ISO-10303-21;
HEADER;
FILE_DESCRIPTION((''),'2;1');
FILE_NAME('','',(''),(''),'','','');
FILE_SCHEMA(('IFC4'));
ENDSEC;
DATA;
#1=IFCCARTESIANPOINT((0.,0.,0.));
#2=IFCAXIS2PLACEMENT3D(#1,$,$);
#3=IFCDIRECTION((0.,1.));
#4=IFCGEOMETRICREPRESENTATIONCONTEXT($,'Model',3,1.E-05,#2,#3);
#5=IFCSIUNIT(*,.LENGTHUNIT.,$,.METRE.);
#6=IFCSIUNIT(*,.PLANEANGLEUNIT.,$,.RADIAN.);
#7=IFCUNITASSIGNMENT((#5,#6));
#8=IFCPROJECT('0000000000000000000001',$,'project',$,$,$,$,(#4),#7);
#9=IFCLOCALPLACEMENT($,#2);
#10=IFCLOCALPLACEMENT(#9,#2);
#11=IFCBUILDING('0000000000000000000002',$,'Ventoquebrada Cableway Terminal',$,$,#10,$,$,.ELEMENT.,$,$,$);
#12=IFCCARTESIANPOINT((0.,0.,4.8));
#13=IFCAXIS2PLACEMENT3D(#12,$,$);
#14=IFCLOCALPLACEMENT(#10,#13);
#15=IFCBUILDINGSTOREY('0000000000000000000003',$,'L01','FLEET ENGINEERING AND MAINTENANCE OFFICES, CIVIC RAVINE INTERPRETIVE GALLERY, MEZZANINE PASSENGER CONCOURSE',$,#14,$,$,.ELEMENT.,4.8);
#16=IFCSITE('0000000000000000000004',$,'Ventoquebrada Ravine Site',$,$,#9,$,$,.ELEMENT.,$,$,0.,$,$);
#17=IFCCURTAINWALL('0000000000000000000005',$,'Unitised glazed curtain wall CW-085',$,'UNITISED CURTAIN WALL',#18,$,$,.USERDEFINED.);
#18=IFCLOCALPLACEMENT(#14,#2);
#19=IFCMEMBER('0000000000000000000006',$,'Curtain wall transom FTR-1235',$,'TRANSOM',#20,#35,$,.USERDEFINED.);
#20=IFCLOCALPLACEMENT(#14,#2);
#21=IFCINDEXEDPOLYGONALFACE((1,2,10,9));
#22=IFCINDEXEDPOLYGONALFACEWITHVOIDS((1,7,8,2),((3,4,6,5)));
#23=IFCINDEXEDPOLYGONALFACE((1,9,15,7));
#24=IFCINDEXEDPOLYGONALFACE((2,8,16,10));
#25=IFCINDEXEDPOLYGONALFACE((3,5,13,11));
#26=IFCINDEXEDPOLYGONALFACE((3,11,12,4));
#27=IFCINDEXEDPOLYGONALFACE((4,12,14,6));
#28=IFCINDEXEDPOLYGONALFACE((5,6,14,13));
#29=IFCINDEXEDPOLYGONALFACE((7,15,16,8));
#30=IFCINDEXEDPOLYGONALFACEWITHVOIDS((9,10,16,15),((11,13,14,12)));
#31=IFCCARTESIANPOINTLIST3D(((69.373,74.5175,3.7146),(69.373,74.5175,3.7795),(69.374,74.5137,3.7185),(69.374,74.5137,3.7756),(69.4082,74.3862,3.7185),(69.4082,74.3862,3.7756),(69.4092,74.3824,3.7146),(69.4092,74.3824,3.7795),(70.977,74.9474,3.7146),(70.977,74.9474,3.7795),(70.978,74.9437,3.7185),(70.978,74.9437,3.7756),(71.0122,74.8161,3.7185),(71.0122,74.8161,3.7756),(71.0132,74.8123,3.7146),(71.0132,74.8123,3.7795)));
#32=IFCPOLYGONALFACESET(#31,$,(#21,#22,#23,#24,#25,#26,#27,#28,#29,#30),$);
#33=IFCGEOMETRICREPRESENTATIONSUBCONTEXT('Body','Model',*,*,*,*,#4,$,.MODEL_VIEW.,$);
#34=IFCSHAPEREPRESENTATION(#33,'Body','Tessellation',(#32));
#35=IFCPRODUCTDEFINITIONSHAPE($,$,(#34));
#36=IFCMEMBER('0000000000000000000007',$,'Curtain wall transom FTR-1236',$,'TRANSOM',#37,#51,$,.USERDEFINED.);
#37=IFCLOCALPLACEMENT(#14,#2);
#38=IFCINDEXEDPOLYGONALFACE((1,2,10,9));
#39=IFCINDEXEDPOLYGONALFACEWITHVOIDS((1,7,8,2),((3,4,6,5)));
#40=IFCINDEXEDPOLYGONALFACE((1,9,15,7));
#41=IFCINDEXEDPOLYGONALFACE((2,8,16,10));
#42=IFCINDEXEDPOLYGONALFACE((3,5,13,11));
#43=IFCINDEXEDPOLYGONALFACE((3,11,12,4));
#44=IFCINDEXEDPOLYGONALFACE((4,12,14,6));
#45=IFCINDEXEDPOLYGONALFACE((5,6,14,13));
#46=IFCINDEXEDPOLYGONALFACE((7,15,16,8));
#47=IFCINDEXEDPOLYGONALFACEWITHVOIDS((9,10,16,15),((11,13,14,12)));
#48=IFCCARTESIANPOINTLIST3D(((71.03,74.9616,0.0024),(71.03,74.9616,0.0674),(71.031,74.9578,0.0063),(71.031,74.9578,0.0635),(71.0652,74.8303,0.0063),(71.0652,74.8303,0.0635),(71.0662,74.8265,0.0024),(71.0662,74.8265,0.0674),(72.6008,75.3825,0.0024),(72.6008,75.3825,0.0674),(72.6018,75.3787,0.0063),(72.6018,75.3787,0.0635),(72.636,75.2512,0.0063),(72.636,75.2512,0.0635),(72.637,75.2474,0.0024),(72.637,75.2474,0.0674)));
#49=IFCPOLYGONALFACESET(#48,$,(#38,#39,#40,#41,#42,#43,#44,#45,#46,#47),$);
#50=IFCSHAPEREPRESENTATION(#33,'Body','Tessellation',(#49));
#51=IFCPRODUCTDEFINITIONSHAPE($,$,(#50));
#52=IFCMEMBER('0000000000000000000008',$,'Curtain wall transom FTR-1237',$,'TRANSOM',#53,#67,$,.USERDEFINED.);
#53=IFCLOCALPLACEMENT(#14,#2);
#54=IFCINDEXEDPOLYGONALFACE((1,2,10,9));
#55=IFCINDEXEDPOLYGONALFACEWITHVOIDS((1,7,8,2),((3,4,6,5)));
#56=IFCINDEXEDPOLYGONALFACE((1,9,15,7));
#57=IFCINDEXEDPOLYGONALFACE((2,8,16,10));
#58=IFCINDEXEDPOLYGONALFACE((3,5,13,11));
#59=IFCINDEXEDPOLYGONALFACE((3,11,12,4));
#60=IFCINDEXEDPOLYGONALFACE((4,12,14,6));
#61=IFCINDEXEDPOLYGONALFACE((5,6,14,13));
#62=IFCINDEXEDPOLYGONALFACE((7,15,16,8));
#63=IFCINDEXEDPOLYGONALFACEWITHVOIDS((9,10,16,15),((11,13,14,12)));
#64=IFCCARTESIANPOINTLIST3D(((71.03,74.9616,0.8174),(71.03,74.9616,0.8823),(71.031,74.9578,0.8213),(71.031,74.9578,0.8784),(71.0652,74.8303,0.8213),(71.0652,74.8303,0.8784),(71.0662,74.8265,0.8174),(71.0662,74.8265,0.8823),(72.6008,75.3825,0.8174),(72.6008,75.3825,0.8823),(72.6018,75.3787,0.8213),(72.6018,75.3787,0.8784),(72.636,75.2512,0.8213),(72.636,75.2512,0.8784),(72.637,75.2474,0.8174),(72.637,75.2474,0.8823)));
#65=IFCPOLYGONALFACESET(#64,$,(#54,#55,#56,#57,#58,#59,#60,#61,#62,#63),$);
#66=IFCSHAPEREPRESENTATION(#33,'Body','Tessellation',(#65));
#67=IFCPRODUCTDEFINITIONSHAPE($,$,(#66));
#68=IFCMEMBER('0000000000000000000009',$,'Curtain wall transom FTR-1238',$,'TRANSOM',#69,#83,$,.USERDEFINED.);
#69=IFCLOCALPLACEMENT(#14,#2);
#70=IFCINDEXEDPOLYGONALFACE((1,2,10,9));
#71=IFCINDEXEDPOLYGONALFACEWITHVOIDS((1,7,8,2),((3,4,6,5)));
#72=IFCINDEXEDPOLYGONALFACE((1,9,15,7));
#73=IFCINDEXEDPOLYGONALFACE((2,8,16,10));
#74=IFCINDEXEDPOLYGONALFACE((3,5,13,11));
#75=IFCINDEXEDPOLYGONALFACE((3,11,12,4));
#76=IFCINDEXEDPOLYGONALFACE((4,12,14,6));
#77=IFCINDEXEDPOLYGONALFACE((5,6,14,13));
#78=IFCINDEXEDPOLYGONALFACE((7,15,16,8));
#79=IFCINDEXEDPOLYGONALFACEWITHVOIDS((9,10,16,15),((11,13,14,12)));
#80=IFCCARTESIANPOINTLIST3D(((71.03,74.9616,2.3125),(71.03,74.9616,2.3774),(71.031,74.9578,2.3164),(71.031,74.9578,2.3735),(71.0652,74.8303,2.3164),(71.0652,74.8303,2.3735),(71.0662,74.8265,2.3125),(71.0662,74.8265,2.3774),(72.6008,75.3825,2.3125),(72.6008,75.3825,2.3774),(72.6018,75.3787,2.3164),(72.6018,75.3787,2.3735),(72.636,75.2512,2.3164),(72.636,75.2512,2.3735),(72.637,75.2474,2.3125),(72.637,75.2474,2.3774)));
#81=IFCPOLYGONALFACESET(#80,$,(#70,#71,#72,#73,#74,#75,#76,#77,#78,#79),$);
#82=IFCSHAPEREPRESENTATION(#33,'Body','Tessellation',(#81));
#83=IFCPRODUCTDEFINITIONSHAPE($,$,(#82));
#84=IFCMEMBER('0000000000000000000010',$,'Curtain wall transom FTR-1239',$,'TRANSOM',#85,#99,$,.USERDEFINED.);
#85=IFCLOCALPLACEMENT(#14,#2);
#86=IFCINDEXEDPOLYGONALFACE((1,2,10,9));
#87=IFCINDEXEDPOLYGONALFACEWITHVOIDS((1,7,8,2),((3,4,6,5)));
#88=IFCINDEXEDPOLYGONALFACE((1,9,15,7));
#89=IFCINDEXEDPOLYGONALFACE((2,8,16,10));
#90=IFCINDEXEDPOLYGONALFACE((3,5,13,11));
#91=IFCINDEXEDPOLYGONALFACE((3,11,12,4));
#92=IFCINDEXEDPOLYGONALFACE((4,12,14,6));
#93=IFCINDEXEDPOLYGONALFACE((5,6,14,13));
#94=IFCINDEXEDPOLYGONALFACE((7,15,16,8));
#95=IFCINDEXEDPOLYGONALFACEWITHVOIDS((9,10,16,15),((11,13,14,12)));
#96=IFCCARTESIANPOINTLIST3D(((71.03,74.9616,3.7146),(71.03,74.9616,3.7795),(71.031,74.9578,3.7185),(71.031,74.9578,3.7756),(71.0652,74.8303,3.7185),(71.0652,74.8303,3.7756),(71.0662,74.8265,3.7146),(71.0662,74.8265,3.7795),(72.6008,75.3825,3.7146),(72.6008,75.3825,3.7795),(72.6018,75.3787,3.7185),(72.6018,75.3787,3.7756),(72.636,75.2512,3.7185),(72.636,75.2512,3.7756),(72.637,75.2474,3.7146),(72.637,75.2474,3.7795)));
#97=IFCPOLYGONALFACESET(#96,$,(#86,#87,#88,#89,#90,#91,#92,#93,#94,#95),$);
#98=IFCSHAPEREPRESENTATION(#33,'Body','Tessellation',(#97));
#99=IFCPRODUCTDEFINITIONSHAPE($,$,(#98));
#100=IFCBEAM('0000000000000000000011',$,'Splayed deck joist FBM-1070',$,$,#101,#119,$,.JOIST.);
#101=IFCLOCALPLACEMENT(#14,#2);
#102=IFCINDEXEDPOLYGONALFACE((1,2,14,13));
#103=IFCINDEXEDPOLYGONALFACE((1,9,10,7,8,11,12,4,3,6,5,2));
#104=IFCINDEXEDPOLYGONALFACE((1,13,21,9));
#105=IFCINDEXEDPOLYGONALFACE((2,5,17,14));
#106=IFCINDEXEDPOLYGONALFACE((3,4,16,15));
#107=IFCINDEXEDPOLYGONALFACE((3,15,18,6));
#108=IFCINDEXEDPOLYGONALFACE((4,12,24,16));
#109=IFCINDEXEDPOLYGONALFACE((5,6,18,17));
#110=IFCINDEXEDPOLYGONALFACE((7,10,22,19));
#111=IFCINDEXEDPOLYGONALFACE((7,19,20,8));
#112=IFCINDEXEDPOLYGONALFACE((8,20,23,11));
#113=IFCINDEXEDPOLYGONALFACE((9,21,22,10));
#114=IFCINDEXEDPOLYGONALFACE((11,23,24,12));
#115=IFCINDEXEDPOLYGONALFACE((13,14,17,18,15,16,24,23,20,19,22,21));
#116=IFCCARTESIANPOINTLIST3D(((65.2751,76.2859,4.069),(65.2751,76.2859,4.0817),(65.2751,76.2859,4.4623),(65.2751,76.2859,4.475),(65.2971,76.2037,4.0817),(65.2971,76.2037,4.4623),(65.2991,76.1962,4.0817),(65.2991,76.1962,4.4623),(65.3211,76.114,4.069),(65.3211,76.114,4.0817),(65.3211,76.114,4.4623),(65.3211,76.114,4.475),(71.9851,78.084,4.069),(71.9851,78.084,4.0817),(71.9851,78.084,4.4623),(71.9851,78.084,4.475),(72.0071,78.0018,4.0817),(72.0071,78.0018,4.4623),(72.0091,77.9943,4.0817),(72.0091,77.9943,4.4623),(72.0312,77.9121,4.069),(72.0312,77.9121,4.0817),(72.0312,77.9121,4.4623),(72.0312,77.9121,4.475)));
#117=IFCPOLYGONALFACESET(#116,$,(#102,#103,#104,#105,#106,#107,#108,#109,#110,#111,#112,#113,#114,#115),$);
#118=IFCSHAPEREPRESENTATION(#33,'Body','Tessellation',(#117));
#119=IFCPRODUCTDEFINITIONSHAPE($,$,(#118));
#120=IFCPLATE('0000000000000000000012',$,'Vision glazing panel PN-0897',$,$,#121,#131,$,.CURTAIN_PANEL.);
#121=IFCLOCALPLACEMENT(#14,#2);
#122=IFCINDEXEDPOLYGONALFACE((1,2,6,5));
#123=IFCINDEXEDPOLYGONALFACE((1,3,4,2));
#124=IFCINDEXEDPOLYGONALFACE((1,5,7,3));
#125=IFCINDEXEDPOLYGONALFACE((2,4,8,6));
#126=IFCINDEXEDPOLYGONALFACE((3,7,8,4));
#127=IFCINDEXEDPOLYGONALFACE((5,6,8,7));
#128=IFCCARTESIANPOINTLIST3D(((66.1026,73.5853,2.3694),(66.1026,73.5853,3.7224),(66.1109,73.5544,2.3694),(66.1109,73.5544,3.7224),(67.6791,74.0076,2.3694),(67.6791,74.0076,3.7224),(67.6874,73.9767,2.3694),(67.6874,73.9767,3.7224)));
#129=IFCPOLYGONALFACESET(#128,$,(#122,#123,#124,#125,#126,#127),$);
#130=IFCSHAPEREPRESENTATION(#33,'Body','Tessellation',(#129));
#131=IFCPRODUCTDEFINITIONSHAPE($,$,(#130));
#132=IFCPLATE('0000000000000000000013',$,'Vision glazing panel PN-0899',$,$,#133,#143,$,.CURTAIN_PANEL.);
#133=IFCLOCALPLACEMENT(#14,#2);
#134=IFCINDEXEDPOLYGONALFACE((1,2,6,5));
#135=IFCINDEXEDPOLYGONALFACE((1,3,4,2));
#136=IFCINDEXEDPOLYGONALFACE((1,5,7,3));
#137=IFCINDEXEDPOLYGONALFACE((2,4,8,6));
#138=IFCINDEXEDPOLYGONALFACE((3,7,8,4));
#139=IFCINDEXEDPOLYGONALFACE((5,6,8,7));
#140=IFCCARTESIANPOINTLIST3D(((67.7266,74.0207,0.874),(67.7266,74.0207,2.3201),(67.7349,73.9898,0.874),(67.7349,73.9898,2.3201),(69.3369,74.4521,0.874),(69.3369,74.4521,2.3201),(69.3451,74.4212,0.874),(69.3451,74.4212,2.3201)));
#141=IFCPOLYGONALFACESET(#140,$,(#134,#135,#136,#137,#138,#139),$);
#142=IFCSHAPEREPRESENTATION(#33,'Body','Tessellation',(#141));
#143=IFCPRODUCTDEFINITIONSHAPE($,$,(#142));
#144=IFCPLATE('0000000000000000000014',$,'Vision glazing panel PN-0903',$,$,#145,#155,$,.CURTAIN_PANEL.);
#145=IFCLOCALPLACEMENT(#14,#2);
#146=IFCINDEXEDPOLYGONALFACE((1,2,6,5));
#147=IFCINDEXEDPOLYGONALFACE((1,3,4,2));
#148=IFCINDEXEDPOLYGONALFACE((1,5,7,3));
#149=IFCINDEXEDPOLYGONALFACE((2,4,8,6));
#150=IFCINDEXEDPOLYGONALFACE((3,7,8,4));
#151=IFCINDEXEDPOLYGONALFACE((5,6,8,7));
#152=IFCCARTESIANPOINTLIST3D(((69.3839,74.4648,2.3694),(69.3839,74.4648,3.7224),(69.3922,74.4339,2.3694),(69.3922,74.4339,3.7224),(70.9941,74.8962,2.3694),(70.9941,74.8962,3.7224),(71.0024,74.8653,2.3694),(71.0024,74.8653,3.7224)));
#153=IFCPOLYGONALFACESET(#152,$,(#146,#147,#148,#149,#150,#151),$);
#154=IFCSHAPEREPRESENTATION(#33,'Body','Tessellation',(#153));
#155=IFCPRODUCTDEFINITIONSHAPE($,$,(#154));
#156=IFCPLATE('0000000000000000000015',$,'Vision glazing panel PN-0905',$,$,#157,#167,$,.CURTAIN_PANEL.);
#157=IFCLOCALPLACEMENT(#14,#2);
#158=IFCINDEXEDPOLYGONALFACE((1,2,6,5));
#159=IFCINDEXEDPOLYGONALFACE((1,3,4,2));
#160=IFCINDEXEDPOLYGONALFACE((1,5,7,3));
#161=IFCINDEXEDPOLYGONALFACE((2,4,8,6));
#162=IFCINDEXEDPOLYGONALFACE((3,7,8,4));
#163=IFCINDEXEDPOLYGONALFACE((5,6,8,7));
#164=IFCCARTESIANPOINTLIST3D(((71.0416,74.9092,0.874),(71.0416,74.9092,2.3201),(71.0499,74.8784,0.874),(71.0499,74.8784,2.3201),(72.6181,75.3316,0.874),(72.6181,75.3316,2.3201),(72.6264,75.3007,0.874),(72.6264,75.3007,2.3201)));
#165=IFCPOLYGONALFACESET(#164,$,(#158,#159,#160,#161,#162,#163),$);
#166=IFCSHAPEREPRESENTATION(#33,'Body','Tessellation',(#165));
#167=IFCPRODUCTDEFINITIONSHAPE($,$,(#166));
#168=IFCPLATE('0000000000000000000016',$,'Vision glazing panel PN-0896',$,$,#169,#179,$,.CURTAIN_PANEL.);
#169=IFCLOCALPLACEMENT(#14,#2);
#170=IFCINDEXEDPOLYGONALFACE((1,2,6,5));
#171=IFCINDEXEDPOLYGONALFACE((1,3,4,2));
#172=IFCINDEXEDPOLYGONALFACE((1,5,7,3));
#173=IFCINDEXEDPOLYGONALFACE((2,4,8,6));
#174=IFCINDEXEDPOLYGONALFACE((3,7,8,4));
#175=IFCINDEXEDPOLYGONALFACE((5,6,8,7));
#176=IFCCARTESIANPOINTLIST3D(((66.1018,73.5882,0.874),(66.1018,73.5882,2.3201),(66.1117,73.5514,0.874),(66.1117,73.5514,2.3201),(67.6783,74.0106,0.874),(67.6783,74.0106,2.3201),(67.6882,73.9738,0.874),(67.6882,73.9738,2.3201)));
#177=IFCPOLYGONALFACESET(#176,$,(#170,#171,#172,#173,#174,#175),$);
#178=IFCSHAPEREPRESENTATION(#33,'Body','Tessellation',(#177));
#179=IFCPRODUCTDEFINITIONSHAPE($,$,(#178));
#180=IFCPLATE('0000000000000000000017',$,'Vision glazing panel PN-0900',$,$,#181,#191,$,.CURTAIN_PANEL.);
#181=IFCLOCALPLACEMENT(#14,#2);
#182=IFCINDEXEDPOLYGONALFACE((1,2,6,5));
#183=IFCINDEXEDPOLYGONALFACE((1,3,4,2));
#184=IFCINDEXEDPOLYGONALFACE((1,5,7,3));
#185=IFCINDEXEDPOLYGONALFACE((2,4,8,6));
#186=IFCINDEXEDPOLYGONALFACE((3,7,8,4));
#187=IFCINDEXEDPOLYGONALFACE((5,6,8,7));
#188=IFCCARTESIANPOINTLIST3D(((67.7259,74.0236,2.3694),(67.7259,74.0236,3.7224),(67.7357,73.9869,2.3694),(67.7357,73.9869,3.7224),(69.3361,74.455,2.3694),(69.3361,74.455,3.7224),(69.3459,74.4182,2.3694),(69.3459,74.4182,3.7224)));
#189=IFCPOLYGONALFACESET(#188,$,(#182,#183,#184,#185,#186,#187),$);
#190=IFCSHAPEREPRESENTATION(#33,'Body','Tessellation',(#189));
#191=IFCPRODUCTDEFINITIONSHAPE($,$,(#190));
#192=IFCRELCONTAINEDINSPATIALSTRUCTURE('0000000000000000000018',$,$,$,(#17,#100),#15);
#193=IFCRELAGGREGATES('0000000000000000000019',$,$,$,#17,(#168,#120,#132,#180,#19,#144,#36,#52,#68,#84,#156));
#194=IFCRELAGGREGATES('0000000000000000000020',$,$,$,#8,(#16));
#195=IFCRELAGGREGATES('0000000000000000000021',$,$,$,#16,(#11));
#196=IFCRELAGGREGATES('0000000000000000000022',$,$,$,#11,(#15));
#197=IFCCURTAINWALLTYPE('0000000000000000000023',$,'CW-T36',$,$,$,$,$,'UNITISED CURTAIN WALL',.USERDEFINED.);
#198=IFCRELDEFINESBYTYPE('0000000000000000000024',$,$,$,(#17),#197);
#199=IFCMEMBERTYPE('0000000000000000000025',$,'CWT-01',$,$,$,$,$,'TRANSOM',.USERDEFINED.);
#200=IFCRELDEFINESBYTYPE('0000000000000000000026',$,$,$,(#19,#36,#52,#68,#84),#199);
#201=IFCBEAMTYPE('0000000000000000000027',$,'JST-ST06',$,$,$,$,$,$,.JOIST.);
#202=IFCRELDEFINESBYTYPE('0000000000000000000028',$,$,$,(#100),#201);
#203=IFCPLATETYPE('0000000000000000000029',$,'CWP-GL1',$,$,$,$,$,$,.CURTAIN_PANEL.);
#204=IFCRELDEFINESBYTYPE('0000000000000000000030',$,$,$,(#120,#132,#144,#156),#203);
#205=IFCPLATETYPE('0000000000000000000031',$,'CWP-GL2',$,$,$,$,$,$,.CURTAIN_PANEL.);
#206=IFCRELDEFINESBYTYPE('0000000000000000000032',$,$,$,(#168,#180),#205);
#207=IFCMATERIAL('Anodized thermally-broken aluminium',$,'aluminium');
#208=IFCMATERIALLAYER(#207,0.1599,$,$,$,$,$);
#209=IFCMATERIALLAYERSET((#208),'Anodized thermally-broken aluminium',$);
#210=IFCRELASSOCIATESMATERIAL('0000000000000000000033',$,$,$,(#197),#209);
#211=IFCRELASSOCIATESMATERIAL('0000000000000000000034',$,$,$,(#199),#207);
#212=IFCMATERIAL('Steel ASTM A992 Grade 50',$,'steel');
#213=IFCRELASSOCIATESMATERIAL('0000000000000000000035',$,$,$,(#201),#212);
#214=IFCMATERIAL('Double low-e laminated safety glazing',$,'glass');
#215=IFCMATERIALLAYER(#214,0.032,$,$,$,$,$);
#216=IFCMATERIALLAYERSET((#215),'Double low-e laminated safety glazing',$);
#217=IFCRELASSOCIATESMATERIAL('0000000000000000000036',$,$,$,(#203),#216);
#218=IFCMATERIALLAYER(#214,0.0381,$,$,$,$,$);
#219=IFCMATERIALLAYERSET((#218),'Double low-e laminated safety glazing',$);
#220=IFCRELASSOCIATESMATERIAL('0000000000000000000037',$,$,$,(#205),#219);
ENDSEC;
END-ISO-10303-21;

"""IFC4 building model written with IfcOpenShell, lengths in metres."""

from ifc_helpers import new_model, si_unit, direction, frame, origin, origin_2d, place, context, subcontext, project, spatial, rectangle, hollow_rectangle, i_section, extrude, material, layer, layer_set, material_profile, profile_set, type_object, element, aggregate, save


model = new_model("IFC4")

# Units and contexts
model_context = context("Model", 3, precision=1e-05, world=origin(), true_north=direction((0.0, 1.0)))
body_context = subcontext(model_context, "Body", "Model", "MODEL_VIEW")
ifc_project = project(units=[si_unit("LENGTHUNIT", "METRE"), si_unit("PLANEANGLEUNIT", "RADIAN")], contexts=[model_context])

# Site, building, storey
site_placement = place(None, origin())
site = spatial("IfcSite", under=ifc_project, at=site_placement, Name="Ventoquebrada Ravine Site", CompositionType="ELEMENT", RefElevation=0.0)
building_placement = place(site_placement, origin())
building = spatial("IfcBuilding", under=site, at=building_placement, Name="Ventoquebrada Cableway Terminal", CompositionType="ELEMENT")
storey_placement = place(building_placement, frame((0.0, 0.0, 4.8)))
storey = spatial("IfcBuildingStorey", under=building, at=storey_placement, Name="L01", Description="FLEET ENGINEERING AND MAINTENANCE OFFICES, CIVIC RAVINE INTERPRETIVE GALLERY, MEZZANINE PASSENGER CONCOURSE", CompositionType="ELEMENT", Elevation=4.8)

# Curtain wall, members
ifc_material_1 = material(Name="Anodized thermally-broken aluminium", Category="aluminium")
ifc_layer_1 = layer(ifc_material_1, 0.1599)
ifc_layer_set_1 = layer_set([ifc_layer_1], Name="Anodized thermally-broken aluminium")
curtain_wall_type = type_object("IfcCurtainWallType", Name="CW-T36", ElementType="UNITISED CURTAIN WALL", PredefinedType="USERDEFINED", material=ifc_layer_set_1)
curtain_wall_placement = place(storey_placement, origin())
curtain_wall = element("IfcCurtainWall", 1, at=curtain_wall_placement, inside=storey, type_object=curtain_wall_type, Name="Unitised glazed curtain wall CW-085", ObjectType="UNITISED CURTAIN WALL", PredefinedType="USERDEFINED")
ifc_material_profile_1 = material_profile(ifc_material_1, hollow_rectangle(XDim=0.0649, YDim=0.1399, WallThickness=0.0039, at=origin_2d()), Name="CW-TRN-65X140")
ifc_profile_set_1 = profile_set([ifc_material_profile_1], Name="Anodized thermally-broken aluminium")
member_type_1 = type_object("IfcMemberType", Name="CWT-01", ElementType="TRANSOM", PredefinedType="USERDEFINED", material=ifc_profile_set_1)
member_1_placement = place(storey_placement, frame((69.3911, 74.45, 3.7471), z_axis=(0.965905, 0.258898, 0.0), x_axis=(0.0, 0.0, 1.0)))
member_1 = element("IfcMember", 2, at=member_1_placement, type_object=member_type_1, Name="Curtain wall transom FTR-1235", ObjectType="TRANSOM", PredefinedType="USERDEFINED", context=body_context, shape_type="SweptSolid", body=[
    extrude(hollow_rectangle(XDim=0.0649, YDim=0.1399, WallThickness=0.0039, at=origin_2d()), origin(), (0.0, 0.0, 1.0), 1.6606),
])
member_2_placement = place(storey_placement, frame((71.0481, 74.894, 0.0349), z_axis=(0.965925, 0.258821, 0.0), x_axis=(0.0, 0.0, 1.0)))
member_2 = element("IfcMember", 3, at=member_2_placement, type_object=member_type_1, Name="Curtain wall transom FTR-1236", ObjectType="TRANSOM", PredefinedType="USERDEFINED", context=body_context, shape_type="SweptSolid", body=[
    extrude(hollow_rectangle(XDim=0.0649, YDim=0.1399, WallThickness=0.0039, at=origin_2d()), origin(), (0.0, 0.0, 1.0), 1.6262),
])
member_3_placement = place(storey_placement, frame((71.0481, 74.894, 0.8499), z_axis=(0.965925, 0.258821, 0.0), x_axis=(0.0, 0.0, 1.0)))
member_3 = element("IfcMember", 4, at=member_3_placement, type_object=member_type_1, Name="Curtain wall transom FTR-1237", ObjectType="TRANSOM", PredefinedType="USERDEFINED", context=body_context, shape_type="SweptSolid", body=[
    extrude(hollow_rectangle(XDim=0.0649, YDim=0.1399, WallThickness=0.0039, at=origin_2d()), origin(), (0.0, 0.0, 1.0), 1.6262),
])
member_4_placement = place(storey_placement, frame((71.0481, 74.894, 2.345), z_axis=(0.965925, 0.258821, 0.0), x_axis=(0.0, 0.0, 1.0)))
member_4 = element("IfcMember", 5, at=member_4_placement, type_object=member_type_1, Name="Curtain wall transom FTR-1238", ObjectType="TRANSOM", PredefinedType="USERDEFINED", context=body_context, shape_type="SweptSolid", body=[
    extrude(hollow_rectangle(XDim=0.0649, YDim=0.1399, WallThickness=0.0039, at=origin_2d()), origin(), (0.0, 0.0, 1.0), 1.6262),
])
member_5_placement = place(storey_placement, frame((71.0481, 74.894, 3.7471), z_axis=(0.965925, 0.258821, 0.0), x_axis=(0.0, 0.0, 1.0)))
member_5 = element("IfcMember", 6, at=member_5_placement, type_object=member_type_1, Name="Curtain wall transom FTR-1239", ObjectType="TRANSOM", PredefinedType="USERDEFINED", context=body_context, shape_type="SweptSolid", body=[
    extrude(hollow_rectangle(XDim=0.0649, YDim=0.1399, WallThickness=0.0039, at=origin_2d()), origin(), (0.0, 0.0, 1.0), 1.6262),
])

# Beam
ifc_material_2 = material(Name="Steel ASTM A992 Grade 50", Category="steel")
ifc_material_profile_2 = material_profile(ifc_material_2, i_section(OverallWidth=0.178, OverallDepth=0.406, WebThickness=0.0078, FlangeThickness=0.0127, at=origin_2d()), Name="W16X40")
ifc_profile_set_2 = profile_set([ifc_material_profile_2], Name="Steel ASTM A992 Grade 50")
beam_type = type_object("IfcBeamType", Name="JST-ST06", PredefinedType="JOIST", material=ifc_profile_set_2)
beam_placement = place(storey_placement, frame((65.2981, 76.2, 4.272), z_axis=(0.96592, 0.258841, 0.0), x_axis=(-0.258841, 0.96592, 0.0)))
element("IfcBeam", 7, at=beam_placement, inside=storey, type_object=beam_type, Name="Splayed deck joist FBM-1070", PredefinedType="JOIST", context=body_context, shape_type="SweptSolid", body=[
    extrude(i_section(OverallWidth=0.178, OverallDepth=0.406, WebThickness=0.0078, FlangeThickness=0.0127, at=origin_2d()), origin(), (0.0, 0.0, 1.0), 6.9468),
])

# Plates
ifc_material_3 = material(Name="Double low-e laminated safety glazing", Category="glass")
ifc_layer_2 = layer(ifc_material_3, 0.032)
ifc_layer_set_2 = layer_set([ifc_layer_2], Name="Double low-e laminated safety glazing")
plate_type_1 = type_object("IfcPlateType", Name="CWP-GL1", PredefinedType="CURTAIN_PANEL", material=ifc_layer_set_2)
plate_1_placement = place(storey_placement, frame((66.895, 73.781, 2.3694), z_axis=(0.0, 0.0, 1.0), x_axis=(0.965935, 0.258785, 0.0)))
plate_1 = element("IfcPlate", 8, at=plate_1_placement, type_object=plate_type_1, Name="Vision glazing panel PN-0897", PredefinedType="CURTAIN_PANEL", context=body_context, shape_type="SweptSolid", body=[
    extrude(rectangle(XDim=1.6321, YDim=0.032, at=origin_2d()), origin(), (0.0, 0.0, 1.0), 1.353),
])
plate_2_placement = place(storey_placement, frame((68.5359, 74.2209, 0.874), z_axis=(0.0, 0.0, 1.0), x_axis=(0.965935, 0.258785, 0.0)))
plate_2 = element("IfcPlate", 9, at=plate_2_placement, type_object=plate_type_1, Name="Vision glazing panel PN-0899", PredefinedType="CURTAIN_PANEL", context=body_context, shape_type="SweptSolid", body=[
    extrude(rectangle(XDim=1.667, YDim=0.032, at=origin_2d()), origin(), (0.0, 0.0, 1.0), 1.446),
])
plate_3_placement = place(storey_placement, frame((70.1931, 74.665, 2.3694), z_axis=(0.0, 0.0, 1.0), x_axis=(0.965935, 0.258785, 0.0)))
plate_3 = element("IfcPlate", 10, at=plate_3_placement, type_object=plate_type_1, Name="Vision glazing panel PN-0903", PredefinedType="CURTAIN_PANEL", context=body_context, shape_type="SweptSolid", body=[
    extrude(rectangle(XDim=1.667, YDim=0.032, at=origin_2d()), origin(), (0.0, 0.0, 1.0), 1.353),
])
plate_4_placement = place(storey_placement, frame((71.834, 75.105, 0.874), z_axis=(0.0, 0.0, 1.0), x_axis=(0.965935, 0.258785, 0.0)))
plate_4 = element("IfcPlate", 11, at=plate_4_placement, type_object=plate_type_1, Name="Vision glazing panel PN-0905", PredefinedType="CURTAIN_PANEL", context=body_context, shape_type="SweptSolid", body=[
    extrude(rectangle(XDim=1.6321, YDim=0.032, at=origin_2d()), origin(), (0.0, 0.0, 1.0), 1.446),
])
ifc_layer_3 = layer(ifc_material_3, 0.0381)
ifc_layer_set_3 = layer_set([ifc_layer_3], Name="Double low-e laminated safety glazing")
plate_type_2 = type_object("IfcPlateType", Name="CWP-GL2", PredefinedType="CURTAIN_PANEL", material=ifc_layer_set_3)
plate_5_placement = place(storey_placement, frame((66.895, 73.781, 0.874), z_axis=(0.0, 0.0, 1.0), x_axis=(0.965935, 0.258785, 0.0)))
plate_5 = element("IfcPlate", 12, at=plate_5_placement, type_object=plate_type_2, Name="Vision glazing panel PN-0896", PredefinedType="CURTAIN_PANEL", context=body_context, shape_type="SweptSolid", body=[
    extrude(rectangle(XDim=1.6321, YDim=0.0381, at=origin_2d()), origin(), (0.0, 0.0, 1.0), 1.446),
])
plate_6_placement = place(storey_placement, frame((68.5359, 74.2209, 2.3694), z_axis=(0.0, 0.0, 1.0), x_axis=(0.965935, 0.258785, 0.0)))
plate_6 = element("IfcPlate", 13, at=plate_6_placement, type_object=plate_type_2, Name="Vision glazing panel PN-0900", PredefinedType="CURTAIN_PANEL", context=body_context, shape_type="SweptSolid", body=[
    extrude(rectangle(XDim=1.667, YDim=0.0381, at=origin_2d()), origin(), (0.0, 0.0, 1.0), 1.353),
])
aggregate(curtain_wall, [plate_5, plate_1, plate_2, plate_6, member_1, plate_3, member_2, member_3, member_4, member_5, plate_4])

save(model, "model.ifc")
